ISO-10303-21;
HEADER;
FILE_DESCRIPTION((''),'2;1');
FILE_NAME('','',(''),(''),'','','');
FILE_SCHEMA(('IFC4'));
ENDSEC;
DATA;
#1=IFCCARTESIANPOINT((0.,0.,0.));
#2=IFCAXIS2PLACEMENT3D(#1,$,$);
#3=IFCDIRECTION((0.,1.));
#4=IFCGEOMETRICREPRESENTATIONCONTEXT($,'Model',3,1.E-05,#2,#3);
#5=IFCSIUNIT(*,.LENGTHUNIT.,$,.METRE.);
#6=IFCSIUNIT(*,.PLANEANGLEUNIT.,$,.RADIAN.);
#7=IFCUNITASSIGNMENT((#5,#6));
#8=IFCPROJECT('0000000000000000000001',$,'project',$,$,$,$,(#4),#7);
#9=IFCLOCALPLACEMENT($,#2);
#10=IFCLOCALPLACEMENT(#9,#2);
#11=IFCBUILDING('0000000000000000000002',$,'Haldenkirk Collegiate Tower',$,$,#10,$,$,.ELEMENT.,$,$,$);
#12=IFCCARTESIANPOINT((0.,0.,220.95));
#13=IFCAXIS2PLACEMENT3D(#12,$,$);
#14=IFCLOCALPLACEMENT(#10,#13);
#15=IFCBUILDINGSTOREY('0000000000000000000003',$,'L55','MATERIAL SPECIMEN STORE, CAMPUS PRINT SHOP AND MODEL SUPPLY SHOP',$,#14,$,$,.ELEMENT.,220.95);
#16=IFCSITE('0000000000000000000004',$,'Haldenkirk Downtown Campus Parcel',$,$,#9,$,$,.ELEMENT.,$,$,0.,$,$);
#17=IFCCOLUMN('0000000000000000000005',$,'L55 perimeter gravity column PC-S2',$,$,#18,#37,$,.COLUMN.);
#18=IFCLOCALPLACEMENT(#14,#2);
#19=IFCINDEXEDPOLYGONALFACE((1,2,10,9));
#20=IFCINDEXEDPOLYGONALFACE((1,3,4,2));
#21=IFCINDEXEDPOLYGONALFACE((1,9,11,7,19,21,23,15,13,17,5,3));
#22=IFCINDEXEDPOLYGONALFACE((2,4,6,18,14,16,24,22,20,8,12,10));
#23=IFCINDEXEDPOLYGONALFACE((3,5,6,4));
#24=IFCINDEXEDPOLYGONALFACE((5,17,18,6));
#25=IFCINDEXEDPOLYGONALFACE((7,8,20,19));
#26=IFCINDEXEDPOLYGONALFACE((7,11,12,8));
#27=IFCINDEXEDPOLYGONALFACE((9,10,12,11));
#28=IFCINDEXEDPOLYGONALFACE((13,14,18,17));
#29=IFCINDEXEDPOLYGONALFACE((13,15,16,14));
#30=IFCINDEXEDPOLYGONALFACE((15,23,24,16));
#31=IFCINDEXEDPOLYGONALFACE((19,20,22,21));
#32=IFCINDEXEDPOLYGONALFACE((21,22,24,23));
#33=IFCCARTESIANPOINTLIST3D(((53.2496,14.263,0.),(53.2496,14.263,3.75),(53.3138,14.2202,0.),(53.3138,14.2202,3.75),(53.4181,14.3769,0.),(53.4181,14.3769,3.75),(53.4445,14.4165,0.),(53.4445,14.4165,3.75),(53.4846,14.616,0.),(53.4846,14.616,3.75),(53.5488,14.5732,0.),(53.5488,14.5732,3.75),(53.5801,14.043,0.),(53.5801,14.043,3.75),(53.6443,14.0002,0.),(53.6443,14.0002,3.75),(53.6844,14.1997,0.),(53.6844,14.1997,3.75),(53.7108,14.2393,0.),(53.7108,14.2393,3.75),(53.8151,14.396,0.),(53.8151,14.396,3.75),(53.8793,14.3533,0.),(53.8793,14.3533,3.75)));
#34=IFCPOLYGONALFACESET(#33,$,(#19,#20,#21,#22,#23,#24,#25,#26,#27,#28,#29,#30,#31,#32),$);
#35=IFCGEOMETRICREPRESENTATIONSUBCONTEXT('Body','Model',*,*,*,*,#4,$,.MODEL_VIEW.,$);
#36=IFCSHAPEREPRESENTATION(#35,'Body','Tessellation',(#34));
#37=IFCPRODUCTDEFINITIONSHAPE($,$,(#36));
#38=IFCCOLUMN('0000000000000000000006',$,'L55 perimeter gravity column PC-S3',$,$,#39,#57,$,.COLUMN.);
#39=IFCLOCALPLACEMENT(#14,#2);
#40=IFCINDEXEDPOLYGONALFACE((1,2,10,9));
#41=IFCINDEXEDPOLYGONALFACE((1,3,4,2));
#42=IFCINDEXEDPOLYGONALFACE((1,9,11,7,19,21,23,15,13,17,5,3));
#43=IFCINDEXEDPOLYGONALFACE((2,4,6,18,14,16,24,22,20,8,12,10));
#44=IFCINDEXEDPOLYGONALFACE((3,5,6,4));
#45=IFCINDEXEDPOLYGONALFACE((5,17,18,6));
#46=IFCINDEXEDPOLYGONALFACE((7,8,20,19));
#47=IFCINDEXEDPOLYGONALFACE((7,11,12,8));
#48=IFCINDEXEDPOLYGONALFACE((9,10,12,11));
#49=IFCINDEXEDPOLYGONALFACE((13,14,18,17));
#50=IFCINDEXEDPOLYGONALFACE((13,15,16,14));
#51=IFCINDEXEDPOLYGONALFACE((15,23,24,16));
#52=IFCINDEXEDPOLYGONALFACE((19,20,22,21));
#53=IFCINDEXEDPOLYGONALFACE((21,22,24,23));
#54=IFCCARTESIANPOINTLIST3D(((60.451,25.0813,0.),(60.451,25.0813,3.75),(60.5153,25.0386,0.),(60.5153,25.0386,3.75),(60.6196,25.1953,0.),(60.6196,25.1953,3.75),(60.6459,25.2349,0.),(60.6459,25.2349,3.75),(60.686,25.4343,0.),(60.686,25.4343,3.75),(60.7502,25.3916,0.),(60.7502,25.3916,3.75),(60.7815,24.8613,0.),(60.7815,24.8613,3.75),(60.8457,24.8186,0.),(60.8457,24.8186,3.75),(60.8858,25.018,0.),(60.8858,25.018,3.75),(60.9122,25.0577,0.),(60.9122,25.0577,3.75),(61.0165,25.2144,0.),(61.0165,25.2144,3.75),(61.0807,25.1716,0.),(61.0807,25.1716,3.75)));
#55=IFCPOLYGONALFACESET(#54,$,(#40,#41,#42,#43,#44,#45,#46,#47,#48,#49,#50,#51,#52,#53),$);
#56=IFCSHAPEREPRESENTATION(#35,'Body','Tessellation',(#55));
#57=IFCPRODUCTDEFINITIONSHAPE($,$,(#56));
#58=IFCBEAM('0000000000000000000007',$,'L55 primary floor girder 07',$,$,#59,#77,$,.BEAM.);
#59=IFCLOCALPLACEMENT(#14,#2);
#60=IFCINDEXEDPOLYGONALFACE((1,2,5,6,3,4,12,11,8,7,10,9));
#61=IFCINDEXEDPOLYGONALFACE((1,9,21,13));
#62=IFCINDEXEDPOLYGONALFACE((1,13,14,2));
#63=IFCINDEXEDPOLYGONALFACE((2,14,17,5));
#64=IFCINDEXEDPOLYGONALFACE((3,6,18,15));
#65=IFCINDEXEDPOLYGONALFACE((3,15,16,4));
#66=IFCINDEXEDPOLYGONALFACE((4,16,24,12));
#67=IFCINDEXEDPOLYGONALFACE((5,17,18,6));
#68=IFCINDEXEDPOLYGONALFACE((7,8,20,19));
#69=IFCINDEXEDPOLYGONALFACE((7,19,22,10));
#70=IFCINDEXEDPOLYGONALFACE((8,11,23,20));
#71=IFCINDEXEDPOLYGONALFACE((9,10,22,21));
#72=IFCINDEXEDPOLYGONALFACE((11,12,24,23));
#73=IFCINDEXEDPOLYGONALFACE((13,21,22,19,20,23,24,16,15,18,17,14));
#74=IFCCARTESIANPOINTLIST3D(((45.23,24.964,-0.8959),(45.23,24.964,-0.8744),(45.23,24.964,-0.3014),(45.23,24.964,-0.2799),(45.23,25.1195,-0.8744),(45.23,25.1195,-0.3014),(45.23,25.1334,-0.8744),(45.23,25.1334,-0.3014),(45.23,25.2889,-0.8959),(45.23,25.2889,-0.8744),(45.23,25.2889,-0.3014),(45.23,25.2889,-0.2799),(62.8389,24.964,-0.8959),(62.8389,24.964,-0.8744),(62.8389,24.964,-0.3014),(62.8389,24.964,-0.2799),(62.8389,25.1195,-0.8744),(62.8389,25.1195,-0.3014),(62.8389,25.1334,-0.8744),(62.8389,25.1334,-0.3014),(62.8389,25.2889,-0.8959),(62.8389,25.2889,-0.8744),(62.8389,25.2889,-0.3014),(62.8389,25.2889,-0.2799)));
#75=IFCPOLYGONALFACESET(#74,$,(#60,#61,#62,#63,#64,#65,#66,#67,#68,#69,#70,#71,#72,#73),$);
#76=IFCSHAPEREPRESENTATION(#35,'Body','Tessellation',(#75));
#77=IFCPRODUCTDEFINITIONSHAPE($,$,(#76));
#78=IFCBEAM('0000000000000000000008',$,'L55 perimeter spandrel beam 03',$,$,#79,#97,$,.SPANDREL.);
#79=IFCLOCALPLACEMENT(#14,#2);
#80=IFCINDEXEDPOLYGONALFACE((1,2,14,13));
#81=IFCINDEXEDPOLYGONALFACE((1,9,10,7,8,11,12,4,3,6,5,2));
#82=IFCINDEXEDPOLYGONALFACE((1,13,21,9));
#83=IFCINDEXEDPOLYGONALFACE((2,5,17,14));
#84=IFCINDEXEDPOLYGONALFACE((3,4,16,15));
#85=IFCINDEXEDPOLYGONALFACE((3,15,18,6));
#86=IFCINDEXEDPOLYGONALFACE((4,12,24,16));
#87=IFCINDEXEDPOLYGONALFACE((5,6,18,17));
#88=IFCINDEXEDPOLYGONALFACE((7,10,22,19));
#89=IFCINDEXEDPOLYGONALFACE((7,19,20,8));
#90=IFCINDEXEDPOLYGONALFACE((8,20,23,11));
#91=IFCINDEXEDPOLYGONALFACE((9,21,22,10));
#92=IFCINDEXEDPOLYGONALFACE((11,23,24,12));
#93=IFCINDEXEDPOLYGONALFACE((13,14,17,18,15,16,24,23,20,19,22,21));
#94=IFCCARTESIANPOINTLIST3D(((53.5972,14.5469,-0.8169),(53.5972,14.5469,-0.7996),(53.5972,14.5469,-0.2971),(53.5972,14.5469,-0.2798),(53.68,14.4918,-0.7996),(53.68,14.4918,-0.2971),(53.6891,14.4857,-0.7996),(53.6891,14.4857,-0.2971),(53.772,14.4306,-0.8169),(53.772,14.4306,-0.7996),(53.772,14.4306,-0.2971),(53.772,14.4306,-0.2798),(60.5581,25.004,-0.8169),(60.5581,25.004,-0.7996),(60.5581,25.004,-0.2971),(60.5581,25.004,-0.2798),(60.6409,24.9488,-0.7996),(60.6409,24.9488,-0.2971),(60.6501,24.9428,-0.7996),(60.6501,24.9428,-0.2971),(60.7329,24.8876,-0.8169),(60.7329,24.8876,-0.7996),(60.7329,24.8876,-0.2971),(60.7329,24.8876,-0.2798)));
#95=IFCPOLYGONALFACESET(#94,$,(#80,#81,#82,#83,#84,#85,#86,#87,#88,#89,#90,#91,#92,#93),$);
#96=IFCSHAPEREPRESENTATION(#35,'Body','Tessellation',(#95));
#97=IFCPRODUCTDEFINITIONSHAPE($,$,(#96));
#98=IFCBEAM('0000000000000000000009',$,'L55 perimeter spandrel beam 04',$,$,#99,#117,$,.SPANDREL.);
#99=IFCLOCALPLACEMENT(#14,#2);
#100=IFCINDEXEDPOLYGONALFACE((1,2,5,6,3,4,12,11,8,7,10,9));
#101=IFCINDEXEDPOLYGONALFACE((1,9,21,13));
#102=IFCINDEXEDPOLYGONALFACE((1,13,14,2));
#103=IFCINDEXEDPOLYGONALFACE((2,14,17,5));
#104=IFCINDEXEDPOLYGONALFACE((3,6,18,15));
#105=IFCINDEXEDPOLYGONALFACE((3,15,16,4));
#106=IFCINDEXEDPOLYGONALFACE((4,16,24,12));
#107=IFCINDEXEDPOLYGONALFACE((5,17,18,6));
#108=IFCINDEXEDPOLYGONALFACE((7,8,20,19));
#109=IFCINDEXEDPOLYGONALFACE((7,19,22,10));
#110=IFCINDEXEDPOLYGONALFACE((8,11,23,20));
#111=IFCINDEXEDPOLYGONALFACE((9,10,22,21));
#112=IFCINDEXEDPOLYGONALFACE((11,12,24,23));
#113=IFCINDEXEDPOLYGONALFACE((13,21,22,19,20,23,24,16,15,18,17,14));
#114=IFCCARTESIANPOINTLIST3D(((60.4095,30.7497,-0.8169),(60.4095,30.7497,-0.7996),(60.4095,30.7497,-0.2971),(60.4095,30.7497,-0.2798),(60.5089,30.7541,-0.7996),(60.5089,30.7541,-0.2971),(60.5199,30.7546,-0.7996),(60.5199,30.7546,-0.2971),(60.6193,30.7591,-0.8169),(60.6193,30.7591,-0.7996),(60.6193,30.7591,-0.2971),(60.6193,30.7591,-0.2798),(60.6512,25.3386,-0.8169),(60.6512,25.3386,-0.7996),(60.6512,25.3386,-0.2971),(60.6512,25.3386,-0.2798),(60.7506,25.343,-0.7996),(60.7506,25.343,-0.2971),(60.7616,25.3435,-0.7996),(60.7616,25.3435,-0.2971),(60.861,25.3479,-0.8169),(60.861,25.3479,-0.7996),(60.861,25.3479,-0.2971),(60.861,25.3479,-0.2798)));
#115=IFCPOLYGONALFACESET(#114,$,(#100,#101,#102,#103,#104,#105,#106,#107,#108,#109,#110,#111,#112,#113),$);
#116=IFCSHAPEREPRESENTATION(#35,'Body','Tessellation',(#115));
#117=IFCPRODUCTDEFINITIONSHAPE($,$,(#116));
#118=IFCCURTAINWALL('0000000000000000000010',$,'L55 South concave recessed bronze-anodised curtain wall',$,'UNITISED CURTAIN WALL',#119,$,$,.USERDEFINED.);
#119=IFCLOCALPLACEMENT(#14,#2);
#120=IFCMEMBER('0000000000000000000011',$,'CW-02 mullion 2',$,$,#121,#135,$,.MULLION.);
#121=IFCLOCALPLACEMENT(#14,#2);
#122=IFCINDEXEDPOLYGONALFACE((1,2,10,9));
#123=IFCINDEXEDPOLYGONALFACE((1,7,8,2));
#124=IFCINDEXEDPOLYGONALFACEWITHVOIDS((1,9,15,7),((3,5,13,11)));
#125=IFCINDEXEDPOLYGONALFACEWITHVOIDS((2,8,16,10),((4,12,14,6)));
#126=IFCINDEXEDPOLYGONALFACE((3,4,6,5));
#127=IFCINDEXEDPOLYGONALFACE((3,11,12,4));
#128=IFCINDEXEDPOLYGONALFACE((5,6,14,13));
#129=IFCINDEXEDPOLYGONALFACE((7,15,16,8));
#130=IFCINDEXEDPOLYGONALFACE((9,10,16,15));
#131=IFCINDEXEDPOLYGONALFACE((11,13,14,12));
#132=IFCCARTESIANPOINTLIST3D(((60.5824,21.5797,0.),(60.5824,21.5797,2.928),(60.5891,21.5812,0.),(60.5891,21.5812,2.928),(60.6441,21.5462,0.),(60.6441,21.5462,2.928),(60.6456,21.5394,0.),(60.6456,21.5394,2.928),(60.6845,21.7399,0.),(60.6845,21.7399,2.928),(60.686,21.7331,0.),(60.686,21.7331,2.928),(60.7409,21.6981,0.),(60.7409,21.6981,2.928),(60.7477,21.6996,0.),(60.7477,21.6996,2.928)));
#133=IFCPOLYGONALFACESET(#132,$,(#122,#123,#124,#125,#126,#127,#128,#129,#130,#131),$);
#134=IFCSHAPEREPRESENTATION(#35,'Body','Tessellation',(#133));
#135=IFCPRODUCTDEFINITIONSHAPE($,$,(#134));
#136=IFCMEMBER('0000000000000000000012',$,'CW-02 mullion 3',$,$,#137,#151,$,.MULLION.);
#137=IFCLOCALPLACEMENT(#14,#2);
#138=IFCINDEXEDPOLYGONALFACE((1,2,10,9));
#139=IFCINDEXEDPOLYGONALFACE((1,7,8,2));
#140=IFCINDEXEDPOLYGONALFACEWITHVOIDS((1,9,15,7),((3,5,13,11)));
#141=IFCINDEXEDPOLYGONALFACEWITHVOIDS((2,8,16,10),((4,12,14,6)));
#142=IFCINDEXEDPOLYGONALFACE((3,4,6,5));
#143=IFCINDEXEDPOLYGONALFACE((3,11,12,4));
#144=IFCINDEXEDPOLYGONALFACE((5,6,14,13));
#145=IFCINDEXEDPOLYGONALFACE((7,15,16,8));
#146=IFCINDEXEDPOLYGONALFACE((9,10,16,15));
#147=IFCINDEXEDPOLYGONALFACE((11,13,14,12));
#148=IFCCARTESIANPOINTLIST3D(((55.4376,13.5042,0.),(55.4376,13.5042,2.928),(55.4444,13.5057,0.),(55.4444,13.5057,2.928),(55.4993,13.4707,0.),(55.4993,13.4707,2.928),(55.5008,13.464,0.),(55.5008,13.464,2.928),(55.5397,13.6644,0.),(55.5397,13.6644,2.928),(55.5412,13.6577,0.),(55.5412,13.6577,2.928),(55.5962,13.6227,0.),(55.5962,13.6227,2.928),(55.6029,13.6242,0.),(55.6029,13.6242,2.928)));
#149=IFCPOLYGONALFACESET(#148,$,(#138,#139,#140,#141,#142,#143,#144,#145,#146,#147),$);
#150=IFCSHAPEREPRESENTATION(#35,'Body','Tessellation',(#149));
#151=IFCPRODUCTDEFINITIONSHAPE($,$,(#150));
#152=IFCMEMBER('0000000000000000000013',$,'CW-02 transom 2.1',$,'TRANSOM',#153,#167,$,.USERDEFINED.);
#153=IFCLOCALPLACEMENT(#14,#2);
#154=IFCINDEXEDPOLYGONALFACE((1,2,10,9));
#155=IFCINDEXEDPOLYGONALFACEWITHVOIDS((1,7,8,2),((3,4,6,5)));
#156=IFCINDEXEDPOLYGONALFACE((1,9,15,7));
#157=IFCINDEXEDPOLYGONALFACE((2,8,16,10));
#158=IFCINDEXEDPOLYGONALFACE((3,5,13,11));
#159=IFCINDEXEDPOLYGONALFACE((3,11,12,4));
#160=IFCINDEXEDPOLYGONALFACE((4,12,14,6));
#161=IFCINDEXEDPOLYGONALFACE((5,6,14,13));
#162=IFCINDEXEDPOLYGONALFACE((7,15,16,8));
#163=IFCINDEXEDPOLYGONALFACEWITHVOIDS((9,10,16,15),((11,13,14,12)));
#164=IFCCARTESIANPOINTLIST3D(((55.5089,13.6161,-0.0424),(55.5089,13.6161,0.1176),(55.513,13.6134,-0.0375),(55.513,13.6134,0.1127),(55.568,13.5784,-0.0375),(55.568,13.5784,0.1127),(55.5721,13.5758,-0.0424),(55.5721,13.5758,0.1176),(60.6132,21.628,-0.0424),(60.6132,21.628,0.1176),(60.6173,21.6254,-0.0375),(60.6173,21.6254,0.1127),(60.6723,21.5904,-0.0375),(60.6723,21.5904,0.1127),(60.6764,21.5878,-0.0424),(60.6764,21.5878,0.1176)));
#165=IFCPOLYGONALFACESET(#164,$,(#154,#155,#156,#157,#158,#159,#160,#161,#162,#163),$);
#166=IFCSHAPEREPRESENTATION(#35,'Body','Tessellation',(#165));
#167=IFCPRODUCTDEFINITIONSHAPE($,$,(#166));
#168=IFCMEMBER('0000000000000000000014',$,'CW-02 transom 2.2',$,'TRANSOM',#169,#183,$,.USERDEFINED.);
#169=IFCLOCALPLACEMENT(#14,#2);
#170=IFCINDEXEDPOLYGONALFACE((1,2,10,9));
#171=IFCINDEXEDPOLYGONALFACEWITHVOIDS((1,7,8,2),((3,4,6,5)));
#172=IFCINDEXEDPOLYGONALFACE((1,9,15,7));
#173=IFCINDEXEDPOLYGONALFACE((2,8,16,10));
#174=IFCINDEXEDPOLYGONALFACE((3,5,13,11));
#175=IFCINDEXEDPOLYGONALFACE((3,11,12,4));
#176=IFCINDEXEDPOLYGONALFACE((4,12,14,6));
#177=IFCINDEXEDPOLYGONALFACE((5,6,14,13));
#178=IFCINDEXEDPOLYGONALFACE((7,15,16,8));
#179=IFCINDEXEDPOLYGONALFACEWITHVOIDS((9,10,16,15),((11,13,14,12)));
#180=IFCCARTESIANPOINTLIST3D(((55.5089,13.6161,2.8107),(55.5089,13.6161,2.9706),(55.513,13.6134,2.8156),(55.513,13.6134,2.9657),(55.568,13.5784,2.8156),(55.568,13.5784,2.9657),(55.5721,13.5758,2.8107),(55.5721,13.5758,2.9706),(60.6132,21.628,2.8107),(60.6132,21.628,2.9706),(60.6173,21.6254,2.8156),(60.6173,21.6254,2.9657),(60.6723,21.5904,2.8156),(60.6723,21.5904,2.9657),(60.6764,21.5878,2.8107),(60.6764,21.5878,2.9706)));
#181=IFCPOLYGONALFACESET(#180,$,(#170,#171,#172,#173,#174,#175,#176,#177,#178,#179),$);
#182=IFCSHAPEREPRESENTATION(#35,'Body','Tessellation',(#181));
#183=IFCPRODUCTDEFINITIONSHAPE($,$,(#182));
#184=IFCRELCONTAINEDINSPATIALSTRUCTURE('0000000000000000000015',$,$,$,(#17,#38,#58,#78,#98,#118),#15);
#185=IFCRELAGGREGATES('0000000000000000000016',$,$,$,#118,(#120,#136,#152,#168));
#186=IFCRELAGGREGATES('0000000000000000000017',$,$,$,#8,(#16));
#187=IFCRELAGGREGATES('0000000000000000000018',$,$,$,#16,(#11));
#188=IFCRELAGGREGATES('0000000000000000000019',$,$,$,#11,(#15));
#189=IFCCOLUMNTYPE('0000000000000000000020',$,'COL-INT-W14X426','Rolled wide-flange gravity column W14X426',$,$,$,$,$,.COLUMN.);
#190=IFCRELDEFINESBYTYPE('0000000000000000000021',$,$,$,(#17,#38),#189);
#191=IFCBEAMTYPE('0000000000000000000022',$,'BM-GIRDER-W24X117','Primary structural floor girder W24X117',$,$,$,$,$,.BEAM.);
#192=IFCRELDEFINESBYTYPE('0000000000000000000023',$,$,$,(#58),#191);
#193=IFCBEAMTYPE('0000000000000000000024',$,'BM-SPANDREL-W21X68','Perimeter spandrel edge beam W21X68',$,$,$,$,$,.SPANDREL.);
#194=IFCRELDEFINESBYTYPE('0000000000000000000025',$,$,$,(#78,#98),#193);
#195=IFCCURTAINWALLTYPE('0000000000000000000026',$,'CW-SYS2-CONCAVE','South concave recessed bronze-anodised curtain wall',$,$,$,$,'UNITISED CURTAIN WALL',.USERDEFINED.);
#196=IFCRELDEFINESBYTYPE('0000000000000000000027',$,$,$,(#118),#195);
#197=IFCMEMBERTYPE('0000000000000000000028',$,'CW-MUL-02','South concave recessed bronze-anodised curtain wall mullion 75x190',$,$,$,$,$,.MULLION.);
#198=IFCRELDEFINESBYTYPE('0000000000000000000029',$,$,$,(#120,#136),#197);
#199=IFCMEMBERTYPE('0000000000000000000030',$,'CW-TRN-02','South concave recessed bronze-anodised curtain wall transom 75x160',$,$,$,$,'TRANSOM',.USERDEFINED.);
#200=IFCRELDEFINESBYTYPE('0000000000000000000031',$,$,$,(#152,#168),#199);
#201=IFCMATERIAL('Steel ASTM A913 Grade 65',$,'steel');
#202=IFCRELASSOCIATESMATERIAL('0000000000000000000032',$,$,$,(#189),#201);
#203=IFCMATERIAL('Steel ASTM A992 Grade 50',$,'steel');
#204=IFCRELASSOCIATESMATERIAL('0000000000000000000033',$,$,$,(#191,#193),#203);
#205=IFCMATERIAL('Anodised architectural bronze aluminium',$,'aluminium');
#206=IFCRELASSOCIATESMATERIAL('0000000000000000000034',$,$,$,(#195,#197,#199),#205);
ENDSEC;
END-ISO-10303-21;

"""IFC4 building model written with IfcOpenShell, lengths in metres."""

from ifc_helpers import new_model, si_unit, direction, frame, origin, origin_2d, place, context, subcontext, project, spatial, hollow_rectangle, i_section, extrude, material, material_profile, profile_set, type_object, element, aggregate, save


model = new_model("IFC4")

# Units and contexts
model_context = context("Model", 3, precision=1e-05, world=origin(), true_north=direction((0.0, 1.0)))
body_context = subcontext(model_context, "Body", "Model", "MODEL_VIEW")
ifc_project = project(units=[si_unit("LENGTHUNIT", "METRE"), si_unit("PLANEANGLEUNIT", "RADIAN")], contexts=[model_context])

# Site, building, storey
site_placement = place(None, origin())
site = spatial("IfcSite", under=ifc_project, at=site_placement, Name="Haldenkirk Downtown Campus Parcel", CompositionType="ELEMENT", RefElevation=0.0)
building_placement = place(site_placement, origin())
building = spatial("IfcBuilding", under=site, at=building_placement, Name="Haldenkirk Collegiate Tower", CompositionType="ELEMENT")
storey_placement = place(building_placement, frame((0.0, 0.0, 220.95)))
storey = spatial("IfcBuildingStorey", under=building, at=storey_placement, Name="L55", Description="MATERIAL SPECIMEN STORE, CAMPUS PRINT SHOP AND MODEL SUPPLY SHOP", CompositionType="ELEMENT", Elevation=220.95)

# Columns
ifc_material_1 = material(Name="Steel ASTM A913 Grade 65", Category="steel")
ifc_material_profile_1 = material_profile(ifc_material_1, i_section(OverallWidth=0.4241, OverallDepth=0.4741, WebThickness=0.0476, FlangeThickness=0.0771, at=origin_2d()), Name="W14X426")
ifc_profile_set_1 = profile_set([ifc_material_profile_1], Name="Steel ASTM A913 Grade 65")
column_type = type_object("IfcColumnType", Name="COL-INT-W14X426", Description="Rolled wide-flange gravity column W14X426", PredefinedType="COLUMN", material=ifc_profile_set_1)
for number, where, z_axis, x_axis, name in (
    (1, (53.5645, 14.3081, 0.0), (0.0, 0.0, 1.0), (0.554118, 0.832438, 0.0), "L55 perimeter gravity column PC-S2"),
    (2, (60.7659, 25.1265, 0.0), (0.0, 0.0, 1.0), (0.554118, 0.832438, 0.0), "L55 perimeter gravity column PC-S3"),
):
    element("IfcColumn", number, at=place(storey_placement, frame(where, z_axis=z_axis, x_axis=x_axis)), inside=storey, type_object=column_type, Name=name, PredefinedType="COLUMN", context=body_context, shape_type="SweptSolid", body=[
        extrude(i_section(OverallWidth=0.4241, OverallDepth=0.4741, WebThickness=0.0476, FlangeThickness=0.0771, at=origin_2d()), origin(), (0.0, 0.0, 1.0), 3.75),
    ])

# Beams
ifc_material_2 = material(Name="Steel ASTM A992 Grade 50", Category="steel")
ifc_material_profile_2 = material_profile(ifc_material_2, i_section(OverallWidth=0.325, OverallDepth=0.616, WebThickness=0.0139, FlangeThickness=0.0215, at=origin_2d()), Name="W24X117")
ifc_profile_set_2 = profile_set([ifc_material_profile_2], Name="Steel ASTM A992 Grade 50")
beam_type_1 = type_object("IfcBeamType", Name="BM-GIRDER-W24X117", Description="Primary structural floor girder W24X117", PredefinedType="BEAM", material=ifc_profile_set_2)
beam_1_placement = place(storey_placement, frame((62.8389, 25.1265, -0.5879), z_axis=(-1.0, 0.0, 0.0), x_axis=(0.0, -1.0, 0.0)))
element("IfcBeam", 3, at=beam_1_placement, inside=storey, type_object=beam_type_1, Name="L55 primary floor girder 07", PredefinedType="BEAM", context=body_context, shape_type="SweptSolid", body=[
    extrude(i_section(OverallWidth=0.325, OverallDepth=0.616, WebThickness=0.0139, FlangeThickness=0.0215, at=origin_2d()), origin(), (0.0, 0.0, 1.0), 17.6089),
])
ifc_material_profile_3 = material_profile(ifc_material_2, i_section(OverallWidth=0.21, OverallDepth=0.5371, WebThickness=0.011, FlangeThickness=0.0173, at=origin_2d()), Name="W21X68")
ifc_profile_set_3 = profile_set([ifc_material_profile_3], Name="Steel ASTM A992 Grade 50")
beam_type_2 = type_object("IfcBeamType", Name="BM-SPANDREL-W21X68", Description="Perimeter spandrel edge beam W21X68", PredefinedType="SPANDREL", material=ifc_profile_set_3)
beam_2_placement = place(storey_placement, frame((53.6846, 14.4888, -0.5483), z_axis=(0.554126, 0.832433, 0.0), x_axis=(-0.832433, 0.554126, 0.0)))
element("IfcBeam", 4, at=beam_2_placement, inside=storey, type_object=beam_type_2, Name="L55 perimeter spandrel beam 03", PredefinedType="SPANDREL", context=body_context, shape_type="SweptSolid", body=[
    extrude(i_section(OverallWidth=0.21, OverallDepth=0.5371, WebThickness=0.011, FlangeThickness=0.0173, at=origin_2d()), origin(), (0.0, 0.0, 1.0), 12.562),
])
beam_3_placement = place(storey_placement, frame((60.7561, 25.3433, -0.5483), z_axis=(-0.044623, 0.999004, 0.0), x_axis=(-0.999004, -0.044623, 0.0)))
element("IfcBeam", 5, at=beam_3_placement, inside=storey, type_object=beam_type_2, Name="L55 perimeter spandrel beam 04", PredefinedType="SPANDREL", context=body_context, shape_type="SweptSolid", body=[
    extrude(i_section(OverallWidth=0.21, OverallDepth=0.5371, WebThickness=0.011, FlangeThickness=0.0173, at=origin_2d()), origin(), (0.0, 0.0, 1.0), 5.4165),
])

# Curtain wall, members
ifc_material_3 = material(Name="Anodised architectural bronze aluminium", Category="aluminium")
curtain_wall_type = type_object("IfcCurtainWallType", Name="CW-SYS2-CONCAVE", Description="South concave recessed bronze-anodised curtain wall", ElementType="UNITISED CURTAIN WALL", PredefinedType="USERDEFINED", material=ifc_material_3)
curtain_wall_placement = place(storey_placement, origin())
curtain_wall = element("IfcCurtainWall", 6, at=curtain_wall_placement, inside=storey, type_object=curtain_wall_type, Name="L55 South concave recessed bronze-anodised curtain wall", ObjectType="UNITISED CURTAIN WALL", PredefinedType="USERDEFINED")
ifc_material_profile_4 = material_profile(ifc_material_3, hollow_rectangle(XDim=0.075, YDim=0.1899, WallThickness=0.0049, at=origin_2d()), Name="CW-MUL-02")
ifc_profile_set_4 = profile_set([ifc_material_profile_4], Name="Anodised architectural bronze aluminium")
member_type_1 = type_object("IfcMemberType", Name="CW-MUL-02", Description="South concave recessed bronze-anodised curtain wall mullion 75x190", PredefinedType="MULLION", material=ifc_profile_set_4)
member_1_placement = place(storey_placement, frame((60.665, 21.6396, 0.0), z_axis=(0.0, 0.0, 1.0), x_axis=(0.84339, -0.537301, 0.0)))
member_1 = element("IfcMember", 7, at=member_1_placement, type_object=member_type_1, Name="CW-02 mullion 2", PredefinedType="MULLION", context=body_context, shape_type="SweptSolid", body=[
    extrude(hollow_rectangle(XDim=0.075, YDim=0.1899, WallThickness=0.0049, at=origin_2d()), origin(), (0.0, 0.0, 1.0), 2.928),
])
member_2_placement = place(storey_placement, frame((55.5203, 13.5642, 0.0), z_axis=(0.0, 0.0, 1.0), x_axis=(0.84339, -0.537301, 0.0)))
member_2 = element("IfcMember", 8, at=member_2_placement, type_object=member_type_1, Name="CW-02 mullion 3", PredefinedType="MULLION", context=body_context, shape_type="SweptSolid", body=[
    extrude(hollow_rectangle(XDim=0.075, YDim=0.1899, WallThickness=0.0049, at=origin_2d()), origin(), (0.0, 0.0, 1.0), 2.928),
])
ifc_material_profile_5 = material_profile(ifc_material_3, hollow_rectangle(XDim=0.075, YDim=0.1599, WallThickness=0.0049, at=origin_2d()), Name="CW-TRN-02")
ifc_profile_set_5 = profile_set([ifc_material_profile_5], Name="Anodised architectural bronze aluminium")
member_type_2 = type_object("IfcMemberType", Name="CW-TRN-02", Description="South concave recessed bronze-anodised curtain wall transom 75x160", ElementType="TRANSOM", PredefinedType="USERDEFINED", material=ifc_profile_set_5)
member_3_placement = place(storey_placement, frame((60.6448, 21.6079, 0.0376), z_axis=(-0.537304, -0.843388, 0.0), x_axis=(0.843388, -0.537304, 0.0)))
member_3 = element("IfcMember", 9, at=member_3_placement, type_object=member_type_2, Name="CW-02 transom 2.1", ObjectType="TRANSOM", PredefinedType="USERDEFINED", context=body_context, shape_type="SweptSolid", body=[
    extrude(hollow_rectangle(XDim=0.075, YDim=0.1599, WallThickness=0.0049, at=origin_2d()), origin(), (0.0, 0.0, 1.0), 9.4998),
])
member_4_placement = place(storey_placement, frame((60.6448, 21.6079, 2.8906), z_axis=(-0.537304, -0.843388, 0.0), x_axis=(0.843388, -0.537304, 0.0)))
member_4 = element("IfcMember", 10, at=member_4_placement, type_object=member_type_2, Name="CW-02 transom 2.2", ObjectType="TRANSOM", PredefinedType="USERDEFINED", context=body_context, shape_type="SweptSolid", body=[
    extrude(hollow_rectangle(XDim=0.075, YDim=0.1599, WallThickness=0.0049, at=origin_2d()), origin(), (0.0, 0.0, 1.0), 9.4998),
])
aggregate(curtain_wall, [member_1, member_2, member_3, member_4])

save(model, "model.ifc")
